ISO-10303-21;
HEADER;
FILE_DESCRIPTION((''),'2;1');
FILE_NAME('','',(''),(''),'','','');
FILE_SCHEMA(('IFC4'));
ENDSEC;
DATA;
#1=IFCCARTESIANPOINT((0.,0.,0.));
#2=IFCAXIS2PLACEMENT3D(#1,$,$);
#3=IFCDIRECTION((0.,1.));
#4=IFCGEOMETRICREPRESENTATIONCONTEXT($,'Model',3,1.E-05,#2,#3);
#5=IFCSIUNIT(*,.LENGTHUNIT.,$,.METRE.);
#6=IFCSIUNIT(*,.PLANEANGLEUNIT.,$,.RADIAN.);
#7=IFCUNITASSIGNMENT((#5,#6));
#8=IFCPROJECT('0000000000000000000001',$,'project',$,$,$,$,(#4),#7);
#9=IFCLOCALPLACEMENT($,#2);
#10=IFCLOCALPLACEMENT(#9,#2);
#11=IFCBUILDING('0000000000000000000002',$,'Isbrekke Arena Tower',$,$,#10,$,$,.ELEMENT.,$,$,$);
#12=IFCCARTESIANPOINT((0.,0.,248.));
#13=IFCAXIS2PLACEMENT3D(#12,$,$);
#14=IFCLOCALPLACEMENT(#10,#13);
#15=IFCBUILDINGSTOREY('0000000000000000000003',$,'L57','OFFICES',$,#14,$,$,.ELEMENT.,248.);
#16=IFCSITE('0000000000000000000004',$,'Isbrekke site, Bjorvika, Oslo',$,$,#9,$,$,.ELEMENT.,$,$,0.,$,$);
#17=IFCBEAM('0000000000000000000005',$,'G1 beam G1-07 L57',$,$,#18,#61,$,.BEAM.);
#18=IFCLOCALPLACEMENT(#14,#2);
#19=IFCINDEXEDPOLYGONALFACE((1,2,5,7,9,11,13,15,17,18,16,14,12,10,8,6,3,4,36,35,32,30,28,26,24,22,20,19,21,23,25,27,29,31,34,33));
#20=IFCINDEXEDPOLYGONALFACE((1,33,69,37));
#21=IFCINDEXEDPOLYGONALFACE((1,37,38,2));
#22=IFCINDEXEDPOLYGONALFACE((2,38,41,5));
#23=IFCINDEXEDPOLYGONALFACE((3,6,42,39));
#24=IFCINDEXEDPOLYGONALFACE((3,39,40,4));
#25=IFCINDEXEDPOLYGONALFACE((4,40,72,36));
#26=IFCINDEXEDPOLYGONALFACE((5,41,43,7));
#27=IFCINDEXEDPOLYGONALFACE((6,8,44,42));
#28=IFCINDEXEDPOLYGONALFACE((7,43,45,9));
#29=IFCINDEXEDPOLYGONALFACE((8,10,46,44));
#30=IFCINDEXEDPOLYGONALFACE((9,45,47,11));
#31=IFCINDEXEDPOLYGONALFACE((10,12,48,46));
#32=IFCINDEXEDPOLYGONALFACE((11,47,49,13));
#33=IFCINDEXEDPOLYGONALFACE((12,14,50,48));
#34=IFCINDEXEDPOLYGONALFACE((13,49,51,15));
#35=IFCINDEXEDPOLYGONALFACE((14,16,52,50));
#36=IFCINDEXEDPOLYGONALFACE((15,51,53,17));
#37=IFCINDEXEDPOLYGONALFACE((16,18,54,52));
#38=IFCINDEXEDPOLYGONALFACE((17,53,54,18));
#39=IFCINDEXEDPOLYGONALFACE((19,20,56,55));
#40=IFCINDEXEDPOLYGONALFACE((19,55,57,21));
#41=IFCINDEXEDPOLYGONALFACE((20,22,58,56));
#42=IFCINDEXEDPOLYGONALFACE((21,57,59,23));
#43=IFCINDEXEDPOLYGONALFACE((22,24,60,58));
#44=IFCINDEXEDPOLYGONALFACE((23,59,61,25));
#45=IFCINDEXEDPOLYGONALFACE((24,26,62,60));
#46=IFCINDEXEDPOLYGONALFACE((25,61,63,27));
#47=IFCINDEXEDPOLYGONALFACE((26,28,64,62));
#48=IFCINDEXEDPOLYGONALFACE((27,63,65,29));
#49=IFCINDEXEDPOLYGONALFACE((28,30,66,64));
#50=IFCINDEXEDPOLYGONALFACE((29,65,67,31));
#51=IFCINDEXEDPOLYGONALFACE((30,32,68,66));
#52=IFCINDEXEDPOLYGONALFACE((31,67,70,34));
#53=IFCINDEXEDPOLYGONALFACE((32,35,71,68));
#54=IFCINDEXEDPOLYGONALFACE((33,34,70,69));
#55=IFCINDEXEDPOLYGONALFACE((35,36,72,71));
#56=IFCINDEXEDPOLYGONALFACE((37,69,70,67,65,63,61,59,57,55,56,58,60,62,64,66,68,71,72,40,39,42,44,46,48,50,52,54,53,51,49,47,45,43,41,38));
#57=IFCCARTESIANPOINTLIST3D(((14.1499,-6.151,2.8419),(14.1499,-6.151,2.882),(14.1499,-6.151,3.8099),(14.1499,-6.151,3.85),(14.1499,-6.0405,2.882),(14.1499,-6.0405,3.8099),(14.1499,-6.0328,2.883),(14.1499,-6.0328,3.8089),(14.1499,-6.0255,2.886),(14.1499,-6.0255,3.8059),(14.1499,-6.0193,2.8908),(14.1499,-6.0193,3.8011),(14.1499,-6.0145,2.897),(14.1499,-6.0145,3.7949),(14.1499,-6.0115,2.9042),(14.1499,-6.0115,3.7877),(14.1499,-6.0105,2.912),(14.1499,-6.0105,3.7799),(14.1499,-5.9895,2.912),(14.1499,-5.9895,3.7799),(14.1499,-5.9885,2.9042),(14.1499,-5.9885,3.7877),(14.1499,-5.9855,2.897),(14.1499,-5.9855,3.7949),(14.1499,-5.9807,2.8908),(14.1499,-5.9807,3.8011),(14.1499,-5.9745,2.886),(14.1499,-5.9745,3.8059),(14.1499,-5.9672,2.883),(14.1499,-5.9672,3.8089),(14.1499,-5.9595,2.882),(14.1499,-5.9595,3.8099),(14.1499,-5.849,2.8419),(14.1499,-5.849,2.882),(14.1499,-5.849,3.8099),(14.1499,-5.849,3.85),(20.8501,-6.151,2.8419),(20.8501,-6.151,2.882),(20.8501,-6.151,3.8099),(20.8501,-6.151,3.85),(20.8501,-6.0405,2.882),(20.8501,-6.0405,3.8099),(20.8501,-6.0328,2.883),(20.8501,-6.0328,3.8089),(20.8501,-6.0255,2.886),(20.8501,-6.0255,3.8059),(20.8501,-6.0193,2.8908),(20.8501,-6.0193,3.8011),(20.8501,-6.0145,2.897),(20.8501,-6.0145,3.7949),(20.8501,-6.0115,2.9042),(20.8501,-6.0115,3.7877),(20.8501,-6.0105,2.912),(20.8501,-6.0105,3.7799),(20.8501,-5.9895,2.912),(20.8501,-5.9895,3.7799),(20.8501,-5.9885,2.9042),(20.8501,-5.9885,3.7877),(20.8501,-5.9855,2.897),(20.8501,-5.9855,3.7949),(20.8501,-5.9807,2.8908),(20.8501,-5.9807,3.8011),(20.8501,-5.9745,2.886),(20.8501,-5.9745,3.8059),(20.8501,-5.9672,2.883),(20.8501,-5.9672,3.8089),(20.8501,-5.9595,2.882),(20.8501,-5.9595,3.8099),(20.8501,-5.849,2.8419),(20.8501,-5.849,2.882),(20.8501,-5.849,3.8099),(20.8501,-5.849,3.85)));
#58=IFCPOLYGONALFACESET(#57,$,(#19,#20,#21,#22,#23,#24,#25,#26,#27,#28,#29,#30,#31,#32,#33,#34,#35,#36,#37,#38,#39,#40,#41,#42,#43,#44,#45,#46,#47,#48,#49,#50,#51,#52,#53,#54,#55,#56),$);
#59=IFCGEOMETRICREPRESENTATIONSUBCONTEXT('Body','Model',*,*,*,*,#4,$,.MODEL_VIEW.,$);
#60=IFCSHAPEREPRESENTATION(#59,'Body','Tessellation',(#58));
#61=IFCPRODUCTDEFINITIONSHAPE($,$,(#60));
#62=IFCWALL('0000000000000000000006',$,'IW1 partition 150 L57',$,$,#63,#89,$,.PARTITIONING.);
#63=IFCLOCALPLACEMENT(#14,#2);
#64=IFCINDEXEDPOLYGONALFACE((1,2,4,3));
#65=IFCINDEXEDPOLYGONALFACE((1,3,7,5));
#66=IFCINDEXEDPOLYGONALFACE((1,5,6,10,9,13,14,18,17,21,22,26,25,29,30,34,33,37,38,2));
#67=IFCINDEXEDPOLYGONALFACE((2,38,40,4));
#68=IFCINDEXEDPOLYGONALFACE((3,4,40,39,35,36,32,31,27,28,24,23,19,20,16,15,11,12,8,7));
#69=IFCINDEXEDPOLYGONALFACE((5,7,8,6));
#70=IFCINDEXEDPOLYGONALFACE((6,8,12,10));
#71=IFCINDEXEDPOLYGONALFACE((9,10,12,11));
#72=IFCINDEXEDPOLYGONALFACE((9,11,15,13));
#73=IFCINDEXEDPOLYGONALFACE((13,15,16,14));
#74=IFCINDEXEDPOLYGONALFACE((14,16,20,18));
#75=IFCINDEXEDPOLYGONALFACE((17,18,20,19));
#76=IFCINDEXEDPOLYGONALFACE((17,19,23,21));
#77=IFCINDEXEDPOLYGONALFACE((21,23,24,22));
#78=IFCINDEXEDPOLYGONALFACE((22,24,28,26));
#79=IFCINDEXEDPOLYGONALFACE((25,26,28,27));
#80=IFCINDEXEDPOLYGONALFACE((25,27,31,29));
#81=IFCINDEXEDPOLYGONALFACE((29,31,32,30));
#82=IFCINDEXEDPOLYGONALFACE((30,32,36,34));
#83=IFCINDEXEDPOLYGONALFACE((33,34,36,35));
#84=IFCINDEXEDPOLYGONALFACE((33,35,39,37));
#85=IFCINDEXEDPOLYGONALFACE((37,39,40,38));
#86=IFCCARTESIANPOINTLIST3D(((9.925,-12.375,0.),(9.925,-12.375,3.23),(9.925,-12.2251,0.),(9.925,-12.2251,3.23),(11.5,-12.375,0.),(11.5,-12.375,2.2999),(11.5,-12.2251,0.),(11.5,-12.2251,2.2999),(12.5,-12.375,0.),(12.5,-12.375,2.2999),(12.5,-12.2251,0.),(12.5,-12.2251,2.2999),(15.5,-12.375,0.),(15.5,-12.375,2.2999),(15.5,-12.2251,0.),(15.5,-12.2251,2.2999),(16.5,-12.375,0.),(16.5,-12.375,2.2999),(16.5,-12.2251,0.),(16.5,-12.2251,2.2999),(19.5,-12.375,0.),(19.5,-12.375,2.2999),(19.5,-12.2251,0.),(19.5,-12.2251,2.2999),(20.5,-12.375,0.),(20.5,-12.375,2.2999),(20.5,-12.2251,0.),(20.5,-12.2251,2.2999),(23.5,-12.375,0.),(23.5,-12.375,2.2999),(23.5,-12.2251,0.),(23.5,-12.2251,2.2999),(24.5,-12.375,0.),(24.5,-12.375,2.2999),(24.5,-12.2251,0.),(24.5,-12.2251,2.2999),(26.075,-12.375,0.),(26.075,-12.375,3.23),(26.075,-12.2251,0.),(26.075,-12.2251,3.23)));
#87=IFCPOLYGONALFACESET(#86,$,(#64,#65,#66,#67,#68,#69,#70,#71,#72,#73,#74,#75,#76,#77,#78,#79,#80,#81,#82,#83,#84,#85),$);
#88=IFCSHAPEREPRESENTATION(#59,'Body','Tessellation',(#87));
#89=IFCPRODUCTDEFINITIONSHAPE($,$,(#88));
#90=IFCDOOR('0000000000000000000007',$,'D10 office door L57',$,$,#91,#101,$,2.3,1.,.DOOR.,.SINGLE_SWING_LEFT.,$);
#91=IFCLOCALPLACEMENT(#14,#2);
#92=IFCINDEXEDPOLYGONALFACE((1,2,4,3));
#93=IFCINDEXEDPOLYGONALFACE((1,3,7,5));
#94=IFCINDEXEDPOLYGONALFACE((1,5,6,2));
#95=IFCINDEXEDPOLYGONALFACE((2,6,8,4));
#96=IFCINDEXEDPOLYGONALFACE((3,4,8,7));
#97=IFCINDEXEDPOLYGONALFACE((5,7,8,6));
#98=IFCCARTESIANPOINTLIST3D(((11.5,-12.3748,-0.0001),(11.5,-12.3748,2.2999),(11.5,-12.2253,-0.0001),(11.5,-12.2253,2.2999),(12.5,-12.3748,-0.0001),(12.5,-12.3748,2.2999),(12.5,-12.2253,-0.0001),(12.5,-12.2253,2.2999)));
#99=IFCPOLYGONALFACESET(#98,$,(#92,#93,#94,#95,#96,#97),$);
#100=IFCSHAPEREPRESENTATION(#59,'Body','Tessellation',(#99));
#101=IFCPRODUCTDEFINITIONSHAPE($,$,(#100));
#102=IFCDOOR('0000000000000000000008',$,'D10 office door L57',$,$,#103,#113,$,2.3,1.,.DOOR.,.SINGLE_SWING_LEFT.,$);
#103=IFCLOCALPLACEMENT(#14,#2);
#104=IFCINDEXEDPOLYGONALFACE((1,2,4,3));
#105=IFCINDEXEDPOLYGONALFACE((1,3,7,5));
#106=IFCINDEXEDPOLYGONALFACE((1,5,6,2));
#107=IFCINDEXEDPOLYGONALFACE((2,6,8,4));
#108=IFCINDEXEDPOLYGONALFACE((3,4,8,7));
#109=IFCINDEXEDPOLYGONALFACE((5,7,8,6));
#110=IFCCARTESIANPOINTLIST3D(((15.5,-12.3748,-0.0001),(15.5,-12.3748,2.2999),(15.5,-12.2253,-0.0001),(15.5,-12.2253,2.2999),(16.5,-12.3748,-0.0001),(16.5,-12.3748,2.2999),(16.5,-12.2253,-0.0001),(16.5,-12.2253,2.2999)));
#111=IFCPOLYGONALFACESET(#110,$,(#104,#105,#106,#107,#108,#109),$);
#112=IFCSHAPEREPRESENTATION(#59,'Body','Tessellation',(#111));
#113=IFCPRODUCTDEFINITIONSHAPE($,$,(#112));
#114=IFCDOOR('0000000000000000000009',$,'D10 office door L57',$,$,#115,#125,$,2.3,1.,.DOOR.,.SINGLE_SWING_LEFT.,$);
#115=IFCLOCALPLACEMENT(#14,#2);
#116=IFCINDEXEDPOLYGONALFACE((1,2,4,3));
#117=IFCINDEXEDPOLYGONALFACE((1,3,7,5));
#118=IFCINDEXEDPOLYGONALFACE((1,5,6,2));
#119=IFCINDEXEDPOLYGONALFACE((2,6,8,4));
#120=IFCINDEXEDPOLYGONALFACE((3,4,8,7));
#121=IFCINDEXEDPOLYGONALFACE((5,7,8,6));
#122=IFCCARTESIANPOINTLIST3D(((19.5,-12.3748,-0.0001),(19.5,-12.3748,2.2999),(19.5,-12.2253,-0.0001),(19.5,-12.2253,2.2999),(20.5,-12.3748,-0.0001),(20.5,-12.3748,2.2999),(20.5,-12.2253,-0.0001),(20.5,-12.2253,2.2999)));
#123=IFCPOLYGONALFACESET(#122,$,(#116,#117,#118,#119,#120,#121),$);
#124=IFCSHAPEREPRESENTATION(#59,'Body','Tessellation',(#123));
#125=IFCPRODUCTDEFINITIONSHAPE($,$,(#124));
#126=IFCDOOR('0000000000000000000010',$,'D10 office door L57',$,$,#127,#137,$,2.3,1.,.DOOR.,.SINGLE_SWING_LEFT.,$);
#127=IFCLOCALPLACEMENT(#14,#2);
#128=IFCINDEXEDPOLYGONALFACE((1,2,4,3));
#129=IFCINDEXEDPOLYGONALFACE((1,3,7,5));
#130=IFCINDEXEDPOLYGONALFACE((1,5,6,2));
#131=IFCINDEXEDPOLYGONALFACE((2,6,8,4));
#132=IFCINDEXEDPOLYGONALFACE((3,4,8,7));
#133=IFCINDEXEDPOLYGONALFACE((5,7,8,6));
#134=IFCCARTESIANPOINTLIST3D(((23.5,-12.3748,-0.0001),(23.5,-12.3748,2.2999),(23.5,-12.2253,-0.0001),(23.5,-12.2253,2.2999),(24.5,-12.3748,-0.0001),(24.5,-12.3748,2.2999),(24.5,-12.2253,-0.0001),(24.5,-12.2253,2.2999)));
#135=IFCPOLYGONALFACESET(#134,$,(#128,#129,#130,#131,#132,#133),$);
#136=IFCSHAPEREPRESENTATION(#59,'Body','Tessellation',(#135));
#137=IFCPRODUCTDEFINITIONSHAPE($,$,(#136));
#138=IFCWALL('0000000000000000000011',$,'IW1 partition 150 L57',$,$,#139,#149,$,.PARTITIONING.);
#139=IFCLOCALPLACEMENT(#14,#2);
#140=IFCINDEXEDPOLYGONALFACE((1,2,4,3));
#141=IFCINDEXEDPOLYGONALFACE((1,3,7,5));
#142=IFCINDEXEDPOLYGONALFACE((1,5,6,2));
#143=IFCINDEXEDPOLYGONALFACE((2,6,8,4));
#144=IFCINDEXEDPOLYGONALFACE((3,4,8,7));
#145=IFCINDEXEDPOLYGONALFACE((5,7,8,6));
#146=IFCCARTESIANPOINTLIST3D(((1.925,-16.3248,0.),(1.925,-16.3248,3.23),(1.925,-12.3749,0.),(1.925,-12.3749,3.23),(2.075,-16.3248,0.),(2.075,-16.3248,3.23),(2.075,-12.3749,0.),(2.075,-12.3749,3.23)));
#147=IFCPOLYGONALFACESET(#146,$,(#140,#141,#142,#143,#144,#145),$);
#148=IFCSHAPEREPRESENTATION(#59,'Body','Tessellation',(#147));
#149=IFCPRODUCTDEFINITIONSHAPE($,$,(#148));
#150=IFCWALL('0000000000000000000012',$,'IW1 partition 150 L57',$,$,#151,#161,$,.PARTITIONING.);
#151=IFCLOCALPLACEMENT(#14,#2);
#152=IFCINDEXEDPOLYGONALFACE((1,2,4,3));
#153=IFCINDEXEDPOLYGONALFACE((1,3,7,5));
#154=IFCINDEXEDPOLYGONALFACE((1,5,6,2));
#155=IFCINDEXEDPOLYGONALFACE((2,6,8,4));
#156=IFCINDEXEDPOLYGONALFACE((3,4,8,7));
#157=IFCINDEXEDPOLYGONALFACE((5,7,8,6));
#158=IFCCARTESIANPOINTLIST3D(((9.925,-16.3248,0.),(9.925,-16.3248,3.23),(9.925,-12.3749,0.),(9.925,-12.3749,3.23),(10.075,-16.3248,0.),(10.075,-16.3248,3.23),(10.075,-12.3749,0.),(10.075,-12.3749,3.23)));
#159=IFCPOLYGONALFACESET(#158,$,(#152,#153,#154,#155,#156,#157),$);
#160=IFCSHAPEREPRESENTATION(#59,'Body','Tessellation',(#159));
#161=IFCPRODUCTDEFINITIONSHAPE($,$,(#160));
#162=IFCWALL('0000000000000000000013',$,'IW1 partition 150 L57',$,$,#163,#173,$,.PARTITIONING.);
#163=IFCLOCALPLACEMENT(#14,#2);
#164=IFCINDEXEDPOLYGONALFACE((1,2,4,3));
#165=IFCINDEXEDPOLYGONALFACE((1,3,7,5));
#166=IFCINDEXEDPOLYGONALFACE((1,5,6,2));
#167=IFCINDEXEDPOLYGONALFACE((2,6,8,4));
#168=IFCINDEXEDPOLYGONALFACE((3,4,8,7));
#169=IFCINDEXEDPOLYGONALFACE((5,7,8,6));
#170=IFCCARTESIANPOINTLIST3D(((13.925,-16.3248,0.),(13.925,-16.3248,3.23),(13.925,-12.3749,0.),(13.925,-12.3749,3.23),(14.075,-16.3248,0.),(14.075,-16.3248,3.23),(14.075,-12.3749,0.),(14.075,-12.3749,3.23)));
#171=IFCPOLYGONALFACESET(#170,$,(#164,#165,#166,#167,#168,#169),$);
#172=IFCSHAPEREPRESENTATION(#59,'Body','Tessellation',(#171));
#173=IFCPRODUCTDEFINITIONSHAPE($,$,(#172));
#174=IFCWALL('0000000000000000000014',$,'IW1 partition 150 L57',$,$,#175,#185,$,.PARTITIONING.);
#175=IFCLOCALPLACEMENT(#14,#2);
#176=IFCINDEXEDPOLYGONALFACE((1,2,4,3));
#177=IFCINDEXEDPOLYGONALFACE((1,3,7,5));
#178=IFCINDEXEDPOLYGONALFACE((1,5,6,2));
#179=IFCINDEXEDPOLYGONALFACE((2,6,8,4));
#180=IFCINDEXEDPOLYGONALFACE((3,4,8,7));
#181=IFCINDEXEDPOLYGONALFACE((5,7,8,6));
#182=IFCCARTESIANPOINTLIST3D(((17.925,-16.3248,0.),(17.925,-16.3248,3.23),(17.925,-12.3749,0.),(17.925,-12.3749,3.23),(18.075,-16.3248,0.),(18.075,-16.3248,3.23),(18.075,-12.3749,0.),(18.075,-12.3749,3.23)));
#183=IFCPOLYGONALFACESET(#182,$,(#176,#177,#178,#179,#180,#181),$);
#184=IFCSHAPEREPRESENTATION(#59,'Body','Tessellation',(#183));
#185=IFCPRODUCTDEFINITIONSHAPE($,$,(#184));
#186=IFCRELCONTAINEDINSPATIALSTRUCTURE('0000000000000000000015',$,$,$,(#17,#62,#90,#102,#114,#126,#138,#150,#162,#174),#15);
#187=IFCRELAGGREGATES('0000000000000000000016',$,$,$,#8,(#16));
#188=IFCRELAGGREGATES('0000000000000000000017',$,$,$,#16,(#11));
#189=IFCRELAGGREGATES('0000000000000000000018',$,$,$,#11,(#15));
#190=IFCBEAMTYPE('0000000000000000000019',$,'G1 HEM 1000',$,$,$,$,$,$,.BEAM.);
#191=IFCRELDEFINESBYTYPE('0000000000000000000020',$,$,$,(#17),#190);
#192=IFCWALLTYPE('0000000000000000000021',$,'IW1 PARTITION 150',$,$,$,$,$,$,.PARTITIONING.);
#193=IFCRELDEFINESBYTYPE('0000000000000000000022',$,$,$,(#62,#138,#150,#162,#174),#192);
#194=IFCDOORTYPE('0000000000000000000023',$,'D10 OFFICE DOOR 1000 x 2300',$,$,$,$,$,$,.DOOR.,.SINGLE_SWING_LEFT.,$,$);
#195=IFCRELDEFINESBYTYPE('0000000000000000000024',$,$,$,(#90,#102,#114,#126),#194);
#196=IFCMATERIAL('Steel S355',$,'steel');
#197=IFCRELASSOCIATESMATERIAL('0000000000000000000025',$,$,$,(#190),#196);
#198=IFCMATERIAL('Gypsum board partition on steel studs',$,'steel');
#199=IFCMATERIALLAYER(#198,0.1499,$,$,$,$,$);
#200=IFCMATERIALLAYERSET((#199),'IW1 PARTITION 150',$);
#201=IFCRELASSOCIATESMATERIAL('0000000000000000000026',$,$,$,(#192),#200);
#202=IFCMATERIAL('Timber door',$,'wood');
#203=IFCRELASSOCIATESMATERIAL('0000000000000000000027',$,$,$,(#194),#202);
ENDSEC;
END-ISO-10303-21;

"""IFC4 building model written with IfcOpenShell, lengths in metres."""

from ifc_helpers import new_model, si_unit, direction, frame, frame_2d, origin, origin_2d, place, context, subcontext, project, spatial, rectangle, i_section, extrude, material, layer, layer_set, material_profile, profile_set, type_object, element, fill, save


model = new_model("IFC4")

# Units and contexts
model_context = context("Model", 3, precision=1e-05, world=origin(), true_north=direction((0.0, 1.0)))
body_context = subcontext(model_context, "Body", "Model", "MODEL_VIEW")
ifc_project = project(units=[si_unit("LENGTHUNIT", "METRE"), si_unit("PLANEANGLEUNIT", "RADIAN")], contexts=[model_context])

# Site, building, storey
site_placement = place(None, origin())
site = spatial("IfcSite", under=ifc_project, at=site_placement, Name="Isbrekke site, Bjorvika, Oslo", CompositionType="ELEMENT", RefElevation=0.0)
building_placement = place(site_placement, origin())
building = spatial("IfcBuilding", under=site, at=building_placement, Name="Isbrekke Arena Tower", CompositionType="ELEMENT")
storey_placement = place(building_placement, frame((0.0, 0.0, 248.0)))
storey = spatial("IfcBuildingStorey", under=building, at=storey_placement, Name="L57", Description="OFFICES", CompositionType="ELEMENT", Elevation=248.0)

# Beam
ifc_material_1 = material(Name="Steel S355", Category="steel")
ifc_material_profile_1 = material_profile(ifc_material_1, i_section(OverallWidth=0.302, OverallDepth=1.0081, WebThickness=0.021, FlangeThickness=0.04, FilletRadius=0.03, at=origin_2d()), Name="HEM 1000")
ifc_profile_set_1 = profile_set([ifc_material_profile_1], Name="Steel S355")
beam_type_1 = type_object("IfcBeamType", Name="G1 HEM 1000", PredefinedType="BEAM", material=ifc_profile_set_1)
for number, where, z_axis, x_axis, name in (
    (1, (14.1499, -6.0, 3.3459), (1.0, 0.0, 0.0), (0.0, 1.0, 0.0), "G1 beam G1-07 L57"),
):
    element("IfcBeam", number, at=place(storey_placement, frame(where, z_axis=z_axis, x_axis=x_axis)), inside=storey, type_object=beam_type_1, Name=name, PredefinedType="BEAM", context=body_context, shape_type="SweptSolid", body=[
        extrude(i_section(OverallWidth=0.302, OverallDepth=1.0081, WebThickness=0.021, FlangeThickness=0.04, FilletRadius=0.03, at=origin_2d()), origin(), (0.0, 0.0, 1.0), 6.7002),
    ])

# Wall, openings, doors
ifc_material_2 = material(Name="Gypsum board partition on steel studs", Category="steel")
ifc_layer_1 = layer(ifc_material_2, 0.1499)
ifc_layer_set_1 = layer_set([ifc_layer_1], Name="IW1 PARTITION 150")
wall_type_1 = type_object("IfcWallType", Name="IW1 PARTITION 150", PredefinedType="PARTITIONING", material=ifc_layer_set_1)
wall_1_placement = place(storey_placement, frame((9.925, -12.3, 0.0), z_axis=(0.0, 0.0, 1.0), x_axis=(1.0, 0.0, 0.0)))
wall_1 = element("IfcWall", 2, at=wall_1_placement, inside=storey, type_object=wall_type_1, Name="IW1 partition 150 L57", PredefinedType="PARTITIONING", context=body_context, shape_type="SweptSolid", body=[
    extrude(rectangle(XDim=16.1499, YDim=0.1499, at=frame_2d((8.075, 0.0))), origin(), (0.0, 0.0, 1.0), 3.23),
])
opening_1_placement = place(wall_1_placement, frame((1.575, 0.0, 0.0)))
opening_1 = element("IfcOpeningElement", 3, at=opening_1_placement, cuts=wall_1, PredefinedType="OPENING", context=body_context, shape_type="SweptSolid", body=[
    extrude(rectangle(XDim=1.0, YDim=2.3, at=frame_2d((0.5, 1.1499))), frame((0.0, 0.0898, 0.0), z_axis=(0.0, -1.0, 0.0), x_axis=(1.0, 0.0, 0.0)), (0.0, 0.0, 1.0), 0.1797),
])
opening_2_placement = place(wall_1_placement, frame((5.575, 0.0, 0.0)))
opening_2 = element("IfcOpeningElement", 4, at=opening_2_placement, cuts=wall_1, PredefinedType="OPENING", context=body_context, shape_type="SweptSolid", body=[
    extrude(rectangle(XDim=1.0, YDim=2.3, at=frame_2d((0.5, 1.1499))), frame((0.0, 0.0898, 0.0), z_axis=(0.0, -1.0, 0.0), x_axis=(1.0, 0.0, 0.0)), (0.0, 0.0, 1.0), 0.1797),
])
opening_3_placement = place(wall_1_placement, frame((9.575, 0.0, 0.0)))
opening_3 = element("IfcOpeningElement", 5, at=opening_3_placement, cuts=wall_1, PredefinedType="OPENING", context=body_context, shape_type="SweptSolid", body=[
    extrude(rectangle(XDim=1.0, YDim=2.3, at=frame_2d((0.5, 1.1499))), frame((0.0, 0.0898, 0.0), z_axis=(0.0, -1.0, 0.0), x_axis=(1.0, 0.0, 0.0)), (0.0, 0.0, 1.0), 0.1797),
])
opening_4_placement = place(wall_1_placement, frame((13.575, 0.0, 0.0)))
opening_4 = element("IfcOpeningElement", 6, at=opening_4_placement, cuts=wall_1, PredefinedType="OPENING", context=body_context, shape_type="SweptSolid", body=[
    extrude(rectangle(XDim=1.0, YDim=2.3, at=frame_2d((0.5, 1.1499))), frame((0.0, 0.0898, 0.0), z_axis=(0.0, -1.0, 0.0), x_axis=(1.0, 0.0, 0.0)), (0.0, 0.0, 1.0), 0.1797),
])
ifc_material_3 = material(Name="Timber door", Category="wood")
door_type_1 = type_object("IfcDoorType", Name="D10 OFFICE DOOR 1000 x 2300", OperationType="SINGLE_SWING_LEFT", PredefinedType="DOOR", material=ifc_material_3)
door_1_placement = place(opening_1_placement, origin())
door_1 = element("IfcDoor", 7, at=door_1_placement, inside=storey, type_object=door_type_1, Name="D10 office door L57", OperationType="SINGLE_SWING_LEFT", OverallHeight=2.3, OverallWidth=1.0, PredefinedType="DOOR", context=body_context, shape_type="SweptSolid", body=[
    extrude(rectangle(XDim=1.0, YDim=2.3, at=frame_2d((0.5, 1.1499))), frame((0.0, 0.0747, 0.0), z_axis=(0.0, -1.0, 0.0), x_axis=(1.0, 0.0, 0.0)), (0.0, 0.0, 1.0), 0.1494),
])
fill(opening_1, door_1)
door_2_placement = place(opening_2_placement, origin())
door_2 = element("IfcDoor", 8, at=door_2_placement, inside=storey, type_object=door_type_1, Name="D10 office door L57", OperationType="SINGLE_SWING_LEFT", OverallHeight=2.3, OverallWidth=1.0, PredefinedType="DOOR", context=body_context, shape_type="SweptSolid", body=[
    extrude(rectangle(XDim=1.0, YDim=2.3, at=frame_2d((0.5, 1.1499))), frame((0.0, 0.0747, 0.0), z_axis=(0.0, -1.0, 0.0), x_axis=(1.0, 0.0, 0.0)), (0.0, 0.0, 1.0), 0.1494),
])
fill(opening_2, door_2)
door_3_placement = place(opening_3_placement, origin())
door_3 = element("IfcDoor", 9, at=door_3_placement, inside=storey, type_object=door_type_1, Name="D10 office door L57", OperationType="SINGLE_SWING_LEFT", OverallHeight=2.3, OverallWidth=1.0, PredefinedType="DOOR", context=body_context, shape_type="SweptSolid", body=[
    extrude(rectangle(XDim=1.0, YDim=2.3, at=frame_2d((0.5, 1.1499))), frame((0.0, 0.0747, 0.0), z_axis=(0.0, -1.0, 0.0), x_axis=(1.0, 0.0, 0.0)), (0.0, 0.0, 1.0), 0.1494),
])
fill(opening_3, door_3)
door_4_placement = place(opening_4_placement, origin())
door_4 = element("IfcDoor", 10, at=door_4_placement, inside=storey, type_object=door_type_1, Name="D10 office door L57", OperationType="SINGLE_SWING_LEFT", OverallHeight=2.3, OverallWidth=1.0, PredefinedType="DOOR", context=body_context, shape_type="SweptSolid", body=[
    extrude(rectangle(XDim=1.0, YDim=2.3, at=frame_2d((0.5, 1.1499))), frame((0.0, 0.0747, 0.0), z_axis=(0.0, -1.0, 0.0), x_axis=(1.0, 0.0, 0.0)), (0.0, 0.0, 1.0), 0.1494),
])
fill(opening_4, door_4)

# Walls
for number, where, z_axis, x_axis, name in (
    (11, (2.0, -16.325, 0.0), (0.0, 0.0, 1.0), (0.0, 1.0, 0.0), "IW1 partition 150 L57"),
    (12, (10.0, -16.325, 0.0), (0.0, 0.0, 1.0), (0.0, 1.0, 0.0), "IW1 partition 150 L57"),
    (13, (14.0, -16.325, 0.0), (0.0, 0.0, 1.0), (0.0, 1.0, 0.0), "IW1 partition 150 L57"),
    (14, (18.0, -16.325, 0.0), (0.0, 0.0, 1.0), (0.0, 1.0, 0.0), "IW1 partition 150 L57"),
):
    element("IfcWall", number, at=place(storey_placement, frame(where, z_axis=z_axis, x_axis=x_axis)), inside=storey, type_object=wall_type_1, Name=name, PredefinedType="PARTITIONING", context=body_context, shape_type="SweptSolid", body=[
        extrude(rectangle(XDim=3.95, YDim=0.1499, at=frame_2d((1.9751, 0.0))), origin(), (0.0, 0.0, 1.0), 3.23),
    ])

save(model, "model.ifc")
